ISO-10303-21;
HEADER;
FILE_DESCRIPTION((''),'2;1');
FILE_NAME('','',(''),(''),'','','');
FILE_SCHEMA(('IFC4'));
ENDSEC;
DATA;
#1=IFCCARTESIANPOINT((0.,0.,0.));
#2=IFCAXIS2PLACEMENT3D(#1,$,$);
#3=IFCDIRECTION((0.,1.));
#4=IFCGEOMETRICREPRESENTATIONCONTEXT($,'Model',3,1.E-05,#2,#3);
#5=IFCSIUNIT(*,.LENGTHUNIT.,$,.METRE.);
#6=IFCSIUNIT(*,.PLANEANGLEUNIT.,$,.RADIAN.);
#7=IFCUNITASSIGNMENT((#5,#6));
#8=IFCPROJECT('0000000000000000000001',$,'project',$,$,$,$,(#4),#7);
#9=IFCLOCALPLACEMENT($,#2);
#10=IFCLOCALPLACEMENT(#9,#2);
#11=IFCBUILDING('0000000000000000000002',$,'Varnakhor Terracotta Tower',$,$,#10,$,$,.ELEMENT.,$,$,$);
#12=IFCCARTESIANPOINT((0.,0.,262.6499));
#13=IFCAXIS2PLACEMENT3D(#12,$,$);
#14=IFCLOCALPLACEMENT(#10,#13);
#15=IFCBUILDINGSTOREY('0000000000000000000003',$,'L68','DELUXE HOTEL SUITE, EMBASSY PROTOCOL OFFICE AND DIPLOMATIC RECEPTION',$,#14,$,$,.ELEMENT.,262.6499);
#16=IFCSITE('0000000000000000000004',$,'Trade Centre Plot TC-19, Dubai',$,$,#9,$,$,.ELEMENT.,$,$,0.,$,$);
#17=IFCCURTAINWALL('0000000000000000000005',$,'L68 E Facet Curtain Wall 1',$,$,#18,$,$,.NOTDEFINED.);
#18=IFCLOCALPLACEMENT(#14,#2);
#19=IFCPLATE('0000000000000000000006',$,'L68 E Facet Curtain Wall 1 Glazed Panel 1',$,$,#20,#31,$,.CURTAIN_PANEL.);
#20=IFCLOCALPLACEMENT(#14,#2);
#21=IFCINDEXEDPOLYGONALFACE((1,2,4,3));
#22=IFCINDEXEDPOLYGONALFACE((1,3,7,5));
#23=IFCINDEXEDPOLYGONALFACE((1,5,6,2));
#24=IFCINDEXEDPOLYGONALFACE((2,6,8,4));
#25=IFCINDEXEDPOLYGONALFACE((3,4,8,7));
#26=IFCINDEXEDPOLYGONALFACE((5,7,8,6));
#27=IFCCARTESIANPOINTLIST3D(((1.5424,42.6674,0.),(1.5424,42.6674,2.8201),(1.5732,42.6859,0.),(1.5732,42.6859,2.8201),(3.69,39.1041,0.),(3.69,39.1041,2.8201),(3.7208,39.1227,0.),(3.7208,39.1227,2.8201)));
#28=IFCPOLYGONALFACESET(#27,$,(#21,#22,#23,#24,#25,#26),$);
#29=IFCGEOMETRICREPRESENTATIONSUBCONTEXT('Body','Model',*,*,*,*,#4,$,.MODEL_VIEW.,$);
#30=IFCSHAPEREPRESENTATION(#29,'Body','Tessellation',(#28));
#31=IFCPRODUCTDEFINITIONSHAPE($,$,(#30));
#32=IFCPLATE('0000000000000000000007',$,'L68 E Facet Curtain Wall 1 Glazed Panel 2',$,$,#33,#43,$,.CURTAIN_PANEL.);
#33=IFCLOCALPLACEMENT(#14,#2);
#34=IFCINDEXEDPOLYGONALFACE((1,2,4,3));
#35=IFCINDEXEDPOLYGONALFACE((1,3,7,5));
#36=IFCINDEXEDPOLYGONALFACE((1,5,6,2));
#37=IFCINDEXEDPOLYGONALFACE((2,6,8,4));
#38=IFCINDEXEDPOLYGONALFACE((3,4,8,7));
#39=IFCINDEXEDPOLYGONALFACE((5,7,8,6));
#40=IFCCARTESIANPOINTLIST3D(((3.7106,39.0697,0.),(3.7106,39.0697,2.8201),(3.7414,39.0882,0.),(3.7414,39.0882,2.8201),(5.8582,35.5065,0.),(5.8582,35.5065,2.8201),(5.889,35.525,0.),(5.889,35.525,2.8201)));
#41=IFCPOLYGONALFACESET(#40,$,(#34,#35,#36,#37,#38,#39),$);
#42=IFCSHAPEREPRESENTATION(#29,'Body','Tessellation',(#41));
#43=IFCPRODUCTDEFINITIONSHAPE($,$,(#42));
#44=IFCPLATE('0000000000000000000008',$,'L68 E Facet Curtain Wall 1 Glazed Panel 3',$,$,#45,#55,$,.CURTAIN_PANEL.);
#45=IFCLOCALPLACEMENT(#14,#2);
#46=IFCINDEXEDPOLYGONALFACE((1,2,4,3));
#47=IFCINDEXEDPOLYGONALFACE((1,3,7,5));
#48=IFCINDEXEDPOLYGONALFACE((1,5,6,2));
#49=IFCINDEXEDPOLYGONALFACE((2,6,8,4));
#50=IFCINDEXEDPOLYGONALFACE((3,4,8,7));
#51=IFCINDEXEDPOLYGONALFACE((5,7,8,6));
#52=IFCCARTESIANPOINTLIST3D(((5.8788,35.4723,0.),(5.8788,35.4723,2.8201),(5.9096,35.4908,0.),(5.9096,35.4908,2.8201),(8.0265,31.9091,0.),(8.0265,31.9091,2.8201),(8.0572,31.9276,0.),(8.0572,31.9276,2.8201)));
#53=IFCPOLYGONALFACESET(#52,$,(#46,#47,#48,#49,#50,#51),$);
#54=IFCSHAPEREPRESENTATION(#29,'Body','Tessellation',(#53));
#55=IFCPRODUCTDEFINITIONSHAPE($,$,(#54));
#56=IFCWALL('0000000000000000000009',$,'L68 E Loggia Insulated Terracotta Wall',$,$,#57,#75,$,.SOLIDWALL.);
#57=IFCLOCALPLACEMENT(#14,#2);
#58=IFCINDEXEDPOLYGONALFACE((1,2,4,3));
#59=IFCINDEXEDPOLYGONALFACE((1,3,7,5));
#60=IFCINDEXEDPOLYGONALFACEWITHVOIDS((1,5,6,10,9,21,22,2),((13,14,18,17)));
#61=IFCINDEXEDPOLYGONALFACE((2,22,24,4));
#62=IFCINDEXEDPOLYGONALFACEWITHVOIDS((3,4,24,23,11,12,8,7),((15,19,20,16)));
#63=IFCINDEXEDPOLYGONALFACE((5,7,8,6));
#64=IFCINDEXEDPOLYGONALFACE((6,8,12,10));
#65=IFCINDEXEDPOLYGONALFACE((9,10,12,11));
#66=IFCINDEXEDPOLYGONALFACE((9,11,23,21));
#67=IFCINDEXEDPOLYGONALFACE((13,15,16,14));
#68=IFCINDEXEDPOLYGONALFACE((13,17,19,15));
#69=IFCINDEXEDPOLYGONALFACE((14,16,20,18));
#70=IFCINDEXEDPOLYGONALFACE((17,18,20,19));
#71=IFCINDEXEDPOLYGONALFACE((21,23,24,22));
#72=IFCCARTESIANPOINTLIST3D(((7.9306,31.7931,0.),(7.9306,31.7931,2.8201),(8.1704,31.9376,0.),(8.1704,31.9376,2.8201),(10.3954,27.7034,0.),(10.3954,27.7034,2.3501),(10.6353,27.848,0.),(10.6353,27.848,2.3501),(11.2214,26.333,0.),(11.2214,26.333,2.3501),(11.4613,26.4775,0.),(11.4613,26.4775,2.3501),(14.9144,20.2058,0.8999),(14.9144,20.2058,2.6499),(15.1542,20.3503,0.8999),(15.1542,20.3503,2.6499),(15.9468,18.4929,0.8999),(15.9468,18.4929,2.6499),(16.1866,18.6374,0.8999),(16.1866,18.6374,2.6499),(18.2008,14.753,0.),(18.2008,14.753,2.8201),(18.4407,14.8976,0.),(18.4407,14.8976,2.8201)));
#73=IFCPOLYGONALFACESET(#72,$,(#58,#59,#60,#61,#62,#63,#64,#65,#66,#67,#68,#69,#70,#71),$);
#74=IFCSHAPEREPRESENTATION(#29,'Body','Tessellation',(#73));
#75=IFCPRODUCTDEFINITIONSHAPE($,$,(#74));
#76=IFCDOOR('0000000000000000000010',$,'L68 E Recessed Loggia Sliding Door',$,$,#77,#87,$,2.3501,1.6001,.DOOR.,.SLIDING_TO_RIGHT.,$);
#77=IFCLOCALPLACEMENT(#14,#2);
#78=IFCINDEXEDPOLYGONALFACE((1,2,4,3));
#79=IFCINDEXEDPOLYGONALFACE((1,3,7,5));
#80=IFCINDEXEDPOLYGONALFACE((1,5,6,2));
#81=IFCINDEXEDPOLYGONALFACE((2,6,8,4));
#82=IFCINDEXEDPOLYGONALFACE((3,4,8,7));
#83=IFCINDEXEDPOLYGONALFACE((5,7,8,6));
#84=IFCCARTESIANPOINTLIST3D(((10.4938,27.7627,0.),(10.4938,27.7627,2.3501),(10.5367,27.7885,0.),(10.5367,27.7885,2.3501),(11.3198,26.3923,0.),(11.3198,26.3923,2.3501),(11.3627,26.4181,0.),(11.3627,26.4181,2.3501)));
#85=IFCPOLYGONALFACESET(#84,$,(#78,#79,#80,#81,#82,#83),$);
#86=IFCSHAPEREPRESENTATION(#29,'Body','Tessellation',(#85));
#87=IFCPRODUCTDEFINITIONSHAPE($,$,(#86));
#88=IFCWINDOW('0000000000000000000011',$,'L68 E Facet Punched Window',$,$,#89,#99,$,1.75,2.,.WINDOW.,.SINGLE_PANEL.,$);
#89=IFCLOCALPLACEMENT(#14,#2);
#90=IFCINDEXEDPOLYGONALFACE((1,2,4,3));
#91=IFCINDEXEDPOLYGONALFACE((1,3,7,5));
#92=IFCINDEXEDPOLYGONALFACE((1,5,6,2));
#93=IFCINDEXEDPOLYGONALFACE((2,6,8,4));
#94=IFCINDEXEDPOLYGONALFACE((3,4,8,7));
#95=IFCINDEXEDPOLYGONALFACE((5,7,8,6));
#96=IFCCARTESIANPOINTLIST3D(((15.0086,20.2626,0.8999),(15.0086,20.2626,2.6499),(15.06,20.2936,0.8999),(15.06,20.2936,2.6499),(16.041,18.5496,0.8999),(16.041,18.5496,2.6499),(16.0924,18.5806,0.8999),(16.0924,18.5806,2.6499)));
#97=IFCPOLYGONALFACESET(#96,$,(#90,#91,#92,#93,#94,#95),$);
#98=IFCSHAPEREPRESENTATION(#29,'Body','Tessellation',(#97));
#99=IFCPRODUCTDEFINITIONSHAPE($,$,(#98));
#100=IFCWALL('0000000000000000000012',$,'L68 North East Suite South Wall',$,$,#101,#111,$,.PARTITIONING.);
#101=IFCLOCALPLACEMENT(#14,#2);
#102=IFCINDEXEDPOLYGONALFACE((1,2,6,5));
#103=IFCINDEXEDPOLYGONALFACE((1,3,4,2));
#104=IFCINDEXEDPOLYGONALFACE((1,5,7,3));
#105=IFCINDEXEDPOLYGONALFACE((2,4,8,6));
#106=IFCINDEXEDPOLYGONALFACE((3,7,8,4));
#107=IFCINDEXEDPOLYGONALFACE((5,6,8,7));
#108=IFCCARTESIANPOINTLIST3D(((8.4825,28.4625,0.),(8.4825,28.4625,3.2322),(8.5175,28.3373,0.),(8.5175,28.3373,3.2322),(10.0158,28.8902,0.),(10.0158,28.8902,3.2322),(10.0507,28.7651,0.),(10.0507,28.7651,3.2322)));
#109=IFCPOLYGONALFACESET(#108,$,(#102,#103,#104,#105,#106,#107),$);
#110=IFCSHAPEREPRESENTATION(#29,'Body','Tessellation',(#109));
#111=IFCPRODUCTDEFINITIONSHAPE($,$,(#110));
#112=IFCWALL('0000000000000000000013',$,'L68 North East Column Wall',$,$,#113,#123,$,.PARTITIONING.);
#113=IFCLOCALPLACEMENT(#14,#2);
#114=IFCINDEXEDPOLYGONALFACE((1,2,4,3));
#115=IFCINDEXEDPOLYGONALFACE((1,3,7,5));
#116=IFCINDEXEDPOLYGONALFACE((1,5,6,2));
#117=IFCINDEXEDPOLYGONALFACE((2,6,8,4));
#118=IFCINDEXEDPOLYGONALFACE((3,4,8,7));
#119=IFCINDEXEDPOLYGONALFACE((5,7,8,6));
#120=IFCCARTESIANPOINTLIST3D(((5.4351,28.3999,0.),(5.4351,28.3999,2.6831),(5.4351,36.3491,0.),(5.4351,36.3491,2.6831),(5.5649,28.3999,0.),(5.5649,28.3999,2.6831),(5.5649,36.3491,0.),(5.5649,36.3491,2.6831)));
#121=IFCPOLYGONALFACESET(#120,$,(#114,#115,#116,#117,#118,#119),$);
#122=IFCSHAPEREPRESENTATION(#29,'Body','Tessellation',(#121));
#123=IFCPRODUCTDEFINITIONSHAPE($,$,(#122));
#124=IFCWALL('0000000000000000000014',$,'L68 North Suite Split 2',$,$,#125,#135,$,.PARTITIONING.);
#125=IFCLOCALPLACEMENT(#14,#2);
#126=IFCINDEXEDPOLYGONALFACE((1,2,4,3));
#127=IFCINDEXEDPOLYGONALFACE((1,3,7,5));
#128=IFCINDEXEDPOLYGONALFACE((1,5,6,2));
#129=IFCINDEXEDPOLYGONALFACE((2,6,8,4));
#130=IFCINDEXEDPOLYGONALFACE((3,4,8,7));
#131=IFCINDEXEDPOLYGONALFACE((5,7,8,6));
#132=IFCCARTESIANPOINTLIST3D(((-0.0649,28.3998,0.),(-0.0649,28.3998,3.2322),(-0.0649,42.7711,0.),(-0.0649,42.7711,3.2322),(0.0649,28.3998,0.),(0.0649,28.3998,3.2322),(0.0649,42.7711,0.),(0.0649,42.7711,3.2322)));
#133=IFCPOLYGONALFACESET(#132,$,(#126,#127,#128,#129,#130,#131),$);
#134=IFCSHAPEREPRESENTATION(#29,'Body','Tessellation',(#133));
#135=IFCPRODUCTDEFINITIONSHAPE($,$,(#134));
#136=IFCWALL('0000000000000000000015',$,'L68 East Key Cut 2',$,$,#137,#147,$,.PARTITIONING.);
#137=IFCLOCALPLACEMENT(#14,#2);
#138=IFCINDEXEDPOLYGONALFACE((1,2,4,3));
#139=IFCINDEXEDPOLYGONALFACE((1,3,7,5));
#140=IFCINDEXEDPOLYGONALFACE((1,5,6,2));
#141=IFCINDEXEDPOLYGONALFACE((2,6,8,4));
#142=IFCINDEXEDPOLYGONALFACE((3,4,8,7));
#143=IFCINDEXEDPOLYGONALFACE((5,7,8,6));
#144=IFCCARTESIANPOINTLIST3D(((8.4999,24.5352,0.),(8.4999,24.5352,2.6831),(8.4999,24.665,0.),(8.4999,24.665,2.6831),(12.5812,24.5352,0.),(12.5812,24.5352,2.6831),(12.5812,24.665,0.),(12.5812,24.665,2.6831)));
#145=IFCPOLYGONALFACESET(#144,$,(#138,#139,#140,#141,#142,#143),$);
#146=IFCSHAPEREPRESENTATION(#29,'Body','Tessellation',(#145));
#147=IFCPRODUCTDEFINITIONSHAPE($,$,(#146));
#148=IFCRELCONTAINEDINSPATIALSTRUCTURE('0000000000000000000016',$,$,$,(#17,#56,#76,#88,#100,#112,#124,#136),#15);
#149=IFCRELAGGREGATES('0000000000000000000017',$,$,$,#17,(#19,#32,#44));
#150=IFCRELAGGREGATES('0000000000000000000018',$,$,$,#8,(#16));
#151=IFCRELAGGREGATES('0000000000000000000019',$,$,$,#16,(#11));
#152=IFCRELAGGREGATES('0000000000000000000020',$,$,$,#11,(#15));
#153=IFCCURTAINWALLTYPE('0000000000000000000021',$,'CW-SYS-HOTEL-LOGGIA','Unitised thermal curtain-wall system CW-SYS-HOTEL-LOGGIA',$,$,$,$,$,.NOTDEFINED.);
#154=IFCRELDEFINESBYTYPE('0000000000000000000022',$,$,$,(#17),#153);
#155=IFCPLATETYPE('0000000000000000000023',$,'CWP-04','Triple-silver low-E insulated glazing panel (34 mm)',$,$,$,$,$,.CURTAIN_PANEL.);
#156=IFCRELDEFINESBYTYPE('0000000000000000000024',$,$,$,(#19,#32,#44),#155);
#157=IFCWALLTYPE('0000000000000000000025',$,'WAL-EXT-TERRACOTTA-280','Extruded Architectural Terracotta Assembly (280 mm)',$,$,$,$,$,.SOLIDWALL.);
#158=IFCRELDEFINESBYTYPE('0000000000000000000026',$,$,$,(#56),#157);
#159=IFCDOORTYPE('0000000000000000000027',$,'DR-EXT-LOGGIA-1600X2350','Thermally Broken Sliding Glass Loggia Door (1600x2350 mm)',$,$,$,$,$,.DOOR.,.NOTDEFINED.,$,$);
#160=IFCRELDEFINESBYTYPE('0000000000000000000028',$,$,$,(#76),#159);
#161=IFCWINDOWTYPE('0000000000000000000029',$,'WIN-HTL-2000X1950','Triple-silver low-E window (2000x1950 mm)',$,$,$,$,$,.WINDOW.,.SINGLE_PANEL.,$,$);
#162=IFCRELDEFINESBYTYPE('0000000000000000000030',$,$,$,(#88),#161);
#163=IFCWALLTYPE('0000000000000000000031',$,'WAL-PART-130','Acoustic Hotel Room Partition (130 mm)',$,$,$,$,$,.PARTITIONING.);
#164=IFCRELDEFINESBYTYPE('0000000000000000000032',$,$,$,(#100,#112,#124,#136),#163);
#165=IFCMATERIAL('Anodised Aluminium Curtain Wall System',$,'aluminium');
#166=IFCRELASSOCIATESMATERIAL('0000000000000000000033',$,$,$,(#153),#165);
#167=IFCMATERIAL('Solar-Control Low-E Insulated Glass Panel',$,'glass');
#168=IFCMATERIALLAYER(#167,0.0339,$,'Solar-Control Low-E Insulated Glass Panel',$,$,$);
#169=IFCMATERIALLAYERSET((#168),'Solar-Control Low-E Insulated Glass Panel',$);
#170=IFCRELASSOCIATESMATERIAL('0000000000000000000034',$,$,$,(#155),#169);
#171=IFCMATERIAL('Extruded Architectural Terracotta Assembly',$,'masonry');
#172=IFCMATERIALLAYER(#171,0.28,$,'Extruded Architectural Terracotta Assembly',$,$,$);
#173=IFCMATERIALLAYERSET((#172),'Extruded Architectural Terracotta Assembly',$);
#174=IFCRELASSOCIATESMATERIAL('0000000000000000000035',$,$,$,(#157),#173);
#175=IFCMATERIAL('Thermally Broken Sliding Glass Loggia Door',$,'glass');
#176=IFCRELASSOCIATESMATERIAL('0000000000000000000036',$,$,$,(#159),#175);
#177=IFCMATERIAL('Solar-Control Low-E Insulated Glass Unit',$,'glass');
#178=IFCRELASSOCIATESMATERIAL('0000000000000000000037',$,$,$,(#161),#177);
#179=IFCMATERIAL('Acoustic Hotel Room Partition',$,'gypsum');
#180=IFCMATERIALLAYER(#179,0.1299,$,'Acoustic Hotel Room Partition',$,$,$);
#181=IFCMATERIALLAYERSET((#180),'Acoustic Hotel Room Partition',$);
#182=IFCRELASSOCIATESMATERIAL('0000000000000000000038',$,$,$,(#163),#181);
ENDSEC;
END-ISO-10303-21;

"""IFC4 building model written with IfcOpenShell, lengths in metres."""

from ifc_helpers import new_model, si_unit, direction, frame, frame_2d, origin, origin_2d, place, context, subcontext, project, spatial, rectangle, extrude, source, transform, mapped, material, layer, layer_set, type_object, type_shapes, element, fill, aggregate, save


model = new_model("IFC4")

# Units and contexts
model_context = context("Model", 3, precision=1e-05, world=origin(), true_north=direction((0.0, 1.0)))
body_context = subcontext(model_context, "Body", "Model", "MODEL_VIEW")
ifc_project = project(units=[si_unit("LENGTHUNIT", "METRE"), si_unit("PLANEANGLEUNIT", "RADIAN")], contexts=[model_context])

# Site, building, storey
site_placement = place(None, origin())
site = spatial("IfcSite", under=ifc_project, at=site_placement, Name="Trade Centre Plot TC-19, Dubai", CompositionType="ELEMENT", RefElevation=0.0)
building_placement = place(site_placement, origin())
building = spatial("IfcBuilding", under=site, at=building_placement, Name="Varnakhor Terracotta Tower", CompositionType="ELEMENT")
storey_placement = place(building_placement, frame((0.0, 0.0, 262.6499)))
storey = spatial("IfcBuildingStorey", under=building, at=storey_placement, Name="L68", Description="DELUXE HOTEL SUITE, EMBASSY PROTOCOL OFFICE AND DIPLOMATIC RECEPTION", CompositionType="ELEMENT", Elevation=262.6499)

# Shared definitions
ifc_material_1 = material(Name="Anodised Aluminium Curtain Wall System", Category="aluminium")
curtain_wall_type = type_object("IfcCurtainWallType", Name="CW-SYS-HOTEL-LOGGIA", Description="Unitised thermal curtain-wall system CW-SYS-HOTEL-LOGGIA", PredefinedType="NOTDEFINED", material=ifc_material_1)

# Curtain wall
curtain_wall_1_placement = place(storey_placement, origin())
curtain_wall_1 = element("IfcCurtainWall", 1, at=curtain_wall_1_placement, inside=storey, type_object=curtain_wall_type, Name="L68 E Facet Curtain Wall 1", PredefinedType="NOTDEFINED")

# Plates
ifc_material_2 = material(Name="Solar-Control Low-E Insulated Glass Panel", Category="glass")
ifc_layer_1 = layer(ifc_material_2, 0.0339, Name="Solar-Control Low-E Insulated Glass Panel")
ifc_layer_set_1 = layer_set([ifc_layer_1], Name="Solar-Control Low-E Insulated Glass Panel")
plate_type = type_object("IfcPlateType", Name="CWP-04", Description="Triple-silver low-E insulated glazing panel (34 mm)", PredefinedType="CURTAIN_PANEL", material=ifc_layer_set_1)
shared_shape_1 = source(origin(), body_context, "Body", "SweptSolid", [
    extrude(rectangle(XDim=4.1604, YDim=0.0359, at=origin_2d()), origin(), (0.0, 0.0, 1.0), 2.8201),
])
plate_1_placement = place(storey_placement, frame((2.6316, 40.895, 0.0), z_axis=(0.0, 0.0, 1.0), x_axis=(0.516205, -0.856465, 0.0)))
plate_1 = element("IfcPlate", 2, at=plate_1_placement, type_object=plate_type, Name="L68 E Facet Curtain Wall 1 Glazed Panel 1", PredefinedType="CURTAIN_PANEL", context=body_context, shape_type="MappedRepresentation", body=[
    mapped(shared_shape_1, transform((0.0, 0.0, 0.0), scale=1.0)),
])
plate_2_placement = place(storey_placement, frame((4.7998, 37.2974, 0.0), z_axis=(0.0, 0.0, 1.0), x_axis=(0.516205, -0.856465, 0.0)))
plate_2 = element("IfcPlate", 3, at=plate_2_placement, type_object=plate_type, Name="L68 E Facet Curtain Wall 1 Glazed Panel 2", PredefinedType="CURTAIN_PANEL", context=body_context, shape_type="MappedRepresentation", body=[
    mapped(shared_shape_1, transform((0.0, 0.0, 0.0), scale=1.0)),
])
plate_3_placement = place(storey_placement, frame((6.968, 33.7, 0.0), z_axis=(0.0, 0.0, 1.0), x_axis=(0.516205, -0.856465, 0.0)))
plate_3 = element("IfcPlate", 4, at=plate_3_placement, type_object=plate_type, Name="L68 E Facet Curtain Wall 1 Glazed Panel 3", PredefinedType="CURTAIN_PANEL", context=body_context, shape_type="MappedRepresentation", body=[
    mapped(shared_shape_1, transform((0.0, 0.0, 0.0), scale=1.0)),
])
aggregate(curtain_wall_1, [plate_1, plate_2, plate_3])

# Wall, openings, door, window
ifc_material_3 = material(Name="Extruded Architectural Terracotta Assembly", Category="masonry")
ifc_layer_2 = layer(ifc_material_3, 0.28, Name="Extruded Architectural Terracotta Assembly")
ifc_layer_set_2 = layer_set([ifc_layer_2], Name="Extruded Architectural Terracotta Assembly")
wall_type_1 = type_object("IfcWallType", Name="WAL-EXT-TERRACOTTA-280", Description="Extruded Architectural Terracotta Assembly (280 mm)", PredefinedType="SOLIDWALL", material=ifc_layer_set_2)
wall_1_placement = place(storey_placement, frame((8.0505, 31.8652, 0.0), z_axis=(0.0, 0.0, 1.0), x_axis=(0.516204, -0.856466, 0.0)))
wall_1 = element("IfcWall", 5, at=wall_1_placement, inside=storey, type_object=wall_type_1, Name="L68 E Loggia Insulated Terracotta Wall", PredefinedType="SOLIDWALL", context=body_context, shape_type="SweptSolid", body=[
    extrude(rectangle(XDim=19.8958, YDim=0.28, at=frame_2d((9.9478, 0.0))), origin(), (0.0, 0.0, 1.0), 2.8201),
])
opening_1_placement = place(wall_1_placement, frame((4.7749, 0.0, 0.0)))
opening_1 = element("IfcOpeningElement", 6, at=opening_1_placement, cuts=wall_1, PredefinedType="OPENING", context=body_context, shape_type="SweptSolid", body=[
    extrude(rectangle(XDim=1.6001, YDim=2.3501, at=frame_2d((0.8, 1.175))), frame((0.0, 0.1499, 0.0), z_axis=(0.0, -1.0, 0.0), x_axis=(1.0, 0.0, 0.0)), (0.0, 0.0, 1.0), 0.3),
])
opening_2_placement = place(wall_1_placement, frame((13.5291, 0.0, 0.8999)))
opening_2 = element("IfcOpeningElement", 7, at=opening_2_placement, cuts=wall_1, PredefinedType="OPENING", context=body_context, shape_type="SweptSolid", body=[
    extrude(rectangle(XDim=2.0, YDim=1.75, at=frame_2d((1.0, 0.875))), frame((0.0, 0.1499, 0.0), z_axis=(0.0, -1.0, 0.0), x_axis=(1.0, 0.0, 0.0)), (0.0, 0.0, 1.0), 0.3),
])
ifc_material_4 = material(Name="Thermally Broken Sliding Glass Loggia Door", Category="glass")
door_type = type_object("IfcDoorType", Name="DR-EXT-LOGGIA-1600X2350", Description="Thermally Broken Sliding Glass Loggia Door (1600x2350 mm)", OperationType="NOTDEFINED", PredefinedType="DOOR", material=ifc_material_4)
shared_shape_2 = source(origin(), body_context, "Body", "SweptSolid", [
    extrude(rectangle(XDim=1.6001, YDim=2.3501, at=frame_2d((0.8, 1.175))), frame((0.0, 0.0249, 0.0), z_axis=(0.0, -1.0, 0.0), x_axis=(1.0, 0.0, 0.0)), (0.0, 0.0, 1.0), 0.05),
])
type_shapes(door_type, [shared_shape_2])
door_placement = place(opening_1_placement, origin())
door = element("IfcDoor", 8, at=door_placement, inside=storey, type_object=door_type, Name="L68 E Recessed Loggia Sliding Door", OperationType="SLIDING_TO_RIGHT", OverallHeight=2.3501, OverallWidth=1.6001, PredefinedType="DOOR", context=body_context, shape_type="MappedRepresentation", body=[
    mapped(shared_shape_2, transform((0.0, 0.0, 0.0), scale=1.0)),
])
fill(opening_1, door)
ifc_material_5 = material(Name="Solar-Control Low-E Insulated Glass Unit", Category="glass")
window_type = type_object("IfcWindowType", Name="WIN-HTL-2000X1950", Description="Triple-silver low-E window (2000x1950 mm)", PartitioningType="SINGLE_PANEL", PredefinedType="WINDOW", material=ifc_material_5)
shared_shape_3 = source(origin(), body_context, "Body", "SweptSolid", [
    extrude(rectangle(XDim=2.0, YDim=1.75, at=frame_2d((1.0, 0.875))), frame((0.0, 0.03, 0.0), z_axis=(0.0, -1.0, 0.0), x_axis=(1.0, 0.0, 0.0)), (0.0, 0.0, 1.0), 0.0601),
])
type_shapes(window_type, [shared_shape_3])
window_placement = place(opening_2_placement, origin())
window = element("IfcWindow", 9, at=window_placement, inside=storey, type_object=window_type, Name="L68 E Facet Punched Window", OverallHeight=1.75, OverallWidth=2.0, PartitioningType="SINGLE_PANEL", PredefinedType="WINDOW", context=body_context, shape_type="MappedRepresentation", body=[
    mapped(shared_shape_3, transform((0.0, 0.0, 0.0), scale=1.0)),
])
fill(opening_2, window)

# Walls
ifc_material_6 = material(Name="Acoustic Hotel Room Partition", Category="gypsum")
ifc_layer_3 = layer(ifc_material_6, 0.1299, Name="Acoustic Hotel Room Partition")
ifc_layer_set_3 = layer_set([ifc_layer_3], Name="Acoustic Hotel Room Partition")
wall_type_2 = type_object("IfcWallType", Name="WAL-PART-130", Description="Acoustic Hotel Room Partition (130 mm)", PredefinedType="PARTITIONING", material=ifc_layer_set_3)
wall_2_placement = place(storey_placement, frame((8.5, 28.3999, 0.0), z_axis=(0.0, 0.0, 1.0), x_axis=(0.963218, 0.26872, 0.0)))
element("IfcWall", 10, at=wall_2_placement, inside=storey, type_object=wall_type_2, Name="L68 North East Suite South Wall", PredefinedType="PARTITIONING", context=body_context, shape_type="SweptSolid", body=[
    extrude(rectangle(XDim=1.5918, YDim=0.1299, at=frame_2d((0.7959, 0.0))), origin(), (0.0, 0.0, 1.0), 3.2322),
])
wall_3_placement = place(storey_placement, frame((5.5, 28.3999, 0.0), z_axis=(0.0, 0.0, 1.0), x_axis=(0.0, 1.0, 0.0)))
element("IfcWall", 11, at=wall_3_placement, inside=storey, type_object=wall_type_2, Name="L68 North East Column Wall", PredefinedType="PARTITIONING", context=body_context, shape_type="SweptSolid", body=[
    extrude(rectangle(XDim=7.9492, YDim=0.1299, at=frame_2d((3.9746, 0.0))), origin(), (0.0, 0.0, 1.0), 2.6831),
])
wall_4_placement = place(storey_placement, frame((0.0, 28.3999, 0.0), z_axis=(0.0, 0.0, 1.0), x_axis=(0.0, 1.0, 0.0)))
element("IfcWall", 12, at=wall_4_placement, inside=storey, type_object=wall_type_2, Name="L68 North Suite Split 2", PredefinedType="PARTITIONING", context=body_context, shape_type="SweptSolid", body=[
    extrude(rectangle(XDim=14.3713, YDim=0.1299, at=frame_2d((7.1855, 0.0))), origin(), (0.0, 0.0, 1.0), 3.2322),
])
wall_5_placement = place(storey_placement, frame((8.5, 24.6001, 0.0), z_axis=(0.0, 0.0, 1.0), x_axis=(1.0, 0.0, 0.0)))
element("IfcWall", 13, at=wall_5_placement, inside=storey, type_object=wall_type_2, Name="L68 East Key Cut 2", PredefinedType="PARTITIONING", context=body_context, shape_type="SweptSolid", body=[
    extrude(rectangle(XDim=4.0813, YDim=0.1299, at=frame_2d((2.0405, 0.0))), origin(), (0.0, 0.0, 1.0), 2.6831),
])

save(model, "model.ifc")
